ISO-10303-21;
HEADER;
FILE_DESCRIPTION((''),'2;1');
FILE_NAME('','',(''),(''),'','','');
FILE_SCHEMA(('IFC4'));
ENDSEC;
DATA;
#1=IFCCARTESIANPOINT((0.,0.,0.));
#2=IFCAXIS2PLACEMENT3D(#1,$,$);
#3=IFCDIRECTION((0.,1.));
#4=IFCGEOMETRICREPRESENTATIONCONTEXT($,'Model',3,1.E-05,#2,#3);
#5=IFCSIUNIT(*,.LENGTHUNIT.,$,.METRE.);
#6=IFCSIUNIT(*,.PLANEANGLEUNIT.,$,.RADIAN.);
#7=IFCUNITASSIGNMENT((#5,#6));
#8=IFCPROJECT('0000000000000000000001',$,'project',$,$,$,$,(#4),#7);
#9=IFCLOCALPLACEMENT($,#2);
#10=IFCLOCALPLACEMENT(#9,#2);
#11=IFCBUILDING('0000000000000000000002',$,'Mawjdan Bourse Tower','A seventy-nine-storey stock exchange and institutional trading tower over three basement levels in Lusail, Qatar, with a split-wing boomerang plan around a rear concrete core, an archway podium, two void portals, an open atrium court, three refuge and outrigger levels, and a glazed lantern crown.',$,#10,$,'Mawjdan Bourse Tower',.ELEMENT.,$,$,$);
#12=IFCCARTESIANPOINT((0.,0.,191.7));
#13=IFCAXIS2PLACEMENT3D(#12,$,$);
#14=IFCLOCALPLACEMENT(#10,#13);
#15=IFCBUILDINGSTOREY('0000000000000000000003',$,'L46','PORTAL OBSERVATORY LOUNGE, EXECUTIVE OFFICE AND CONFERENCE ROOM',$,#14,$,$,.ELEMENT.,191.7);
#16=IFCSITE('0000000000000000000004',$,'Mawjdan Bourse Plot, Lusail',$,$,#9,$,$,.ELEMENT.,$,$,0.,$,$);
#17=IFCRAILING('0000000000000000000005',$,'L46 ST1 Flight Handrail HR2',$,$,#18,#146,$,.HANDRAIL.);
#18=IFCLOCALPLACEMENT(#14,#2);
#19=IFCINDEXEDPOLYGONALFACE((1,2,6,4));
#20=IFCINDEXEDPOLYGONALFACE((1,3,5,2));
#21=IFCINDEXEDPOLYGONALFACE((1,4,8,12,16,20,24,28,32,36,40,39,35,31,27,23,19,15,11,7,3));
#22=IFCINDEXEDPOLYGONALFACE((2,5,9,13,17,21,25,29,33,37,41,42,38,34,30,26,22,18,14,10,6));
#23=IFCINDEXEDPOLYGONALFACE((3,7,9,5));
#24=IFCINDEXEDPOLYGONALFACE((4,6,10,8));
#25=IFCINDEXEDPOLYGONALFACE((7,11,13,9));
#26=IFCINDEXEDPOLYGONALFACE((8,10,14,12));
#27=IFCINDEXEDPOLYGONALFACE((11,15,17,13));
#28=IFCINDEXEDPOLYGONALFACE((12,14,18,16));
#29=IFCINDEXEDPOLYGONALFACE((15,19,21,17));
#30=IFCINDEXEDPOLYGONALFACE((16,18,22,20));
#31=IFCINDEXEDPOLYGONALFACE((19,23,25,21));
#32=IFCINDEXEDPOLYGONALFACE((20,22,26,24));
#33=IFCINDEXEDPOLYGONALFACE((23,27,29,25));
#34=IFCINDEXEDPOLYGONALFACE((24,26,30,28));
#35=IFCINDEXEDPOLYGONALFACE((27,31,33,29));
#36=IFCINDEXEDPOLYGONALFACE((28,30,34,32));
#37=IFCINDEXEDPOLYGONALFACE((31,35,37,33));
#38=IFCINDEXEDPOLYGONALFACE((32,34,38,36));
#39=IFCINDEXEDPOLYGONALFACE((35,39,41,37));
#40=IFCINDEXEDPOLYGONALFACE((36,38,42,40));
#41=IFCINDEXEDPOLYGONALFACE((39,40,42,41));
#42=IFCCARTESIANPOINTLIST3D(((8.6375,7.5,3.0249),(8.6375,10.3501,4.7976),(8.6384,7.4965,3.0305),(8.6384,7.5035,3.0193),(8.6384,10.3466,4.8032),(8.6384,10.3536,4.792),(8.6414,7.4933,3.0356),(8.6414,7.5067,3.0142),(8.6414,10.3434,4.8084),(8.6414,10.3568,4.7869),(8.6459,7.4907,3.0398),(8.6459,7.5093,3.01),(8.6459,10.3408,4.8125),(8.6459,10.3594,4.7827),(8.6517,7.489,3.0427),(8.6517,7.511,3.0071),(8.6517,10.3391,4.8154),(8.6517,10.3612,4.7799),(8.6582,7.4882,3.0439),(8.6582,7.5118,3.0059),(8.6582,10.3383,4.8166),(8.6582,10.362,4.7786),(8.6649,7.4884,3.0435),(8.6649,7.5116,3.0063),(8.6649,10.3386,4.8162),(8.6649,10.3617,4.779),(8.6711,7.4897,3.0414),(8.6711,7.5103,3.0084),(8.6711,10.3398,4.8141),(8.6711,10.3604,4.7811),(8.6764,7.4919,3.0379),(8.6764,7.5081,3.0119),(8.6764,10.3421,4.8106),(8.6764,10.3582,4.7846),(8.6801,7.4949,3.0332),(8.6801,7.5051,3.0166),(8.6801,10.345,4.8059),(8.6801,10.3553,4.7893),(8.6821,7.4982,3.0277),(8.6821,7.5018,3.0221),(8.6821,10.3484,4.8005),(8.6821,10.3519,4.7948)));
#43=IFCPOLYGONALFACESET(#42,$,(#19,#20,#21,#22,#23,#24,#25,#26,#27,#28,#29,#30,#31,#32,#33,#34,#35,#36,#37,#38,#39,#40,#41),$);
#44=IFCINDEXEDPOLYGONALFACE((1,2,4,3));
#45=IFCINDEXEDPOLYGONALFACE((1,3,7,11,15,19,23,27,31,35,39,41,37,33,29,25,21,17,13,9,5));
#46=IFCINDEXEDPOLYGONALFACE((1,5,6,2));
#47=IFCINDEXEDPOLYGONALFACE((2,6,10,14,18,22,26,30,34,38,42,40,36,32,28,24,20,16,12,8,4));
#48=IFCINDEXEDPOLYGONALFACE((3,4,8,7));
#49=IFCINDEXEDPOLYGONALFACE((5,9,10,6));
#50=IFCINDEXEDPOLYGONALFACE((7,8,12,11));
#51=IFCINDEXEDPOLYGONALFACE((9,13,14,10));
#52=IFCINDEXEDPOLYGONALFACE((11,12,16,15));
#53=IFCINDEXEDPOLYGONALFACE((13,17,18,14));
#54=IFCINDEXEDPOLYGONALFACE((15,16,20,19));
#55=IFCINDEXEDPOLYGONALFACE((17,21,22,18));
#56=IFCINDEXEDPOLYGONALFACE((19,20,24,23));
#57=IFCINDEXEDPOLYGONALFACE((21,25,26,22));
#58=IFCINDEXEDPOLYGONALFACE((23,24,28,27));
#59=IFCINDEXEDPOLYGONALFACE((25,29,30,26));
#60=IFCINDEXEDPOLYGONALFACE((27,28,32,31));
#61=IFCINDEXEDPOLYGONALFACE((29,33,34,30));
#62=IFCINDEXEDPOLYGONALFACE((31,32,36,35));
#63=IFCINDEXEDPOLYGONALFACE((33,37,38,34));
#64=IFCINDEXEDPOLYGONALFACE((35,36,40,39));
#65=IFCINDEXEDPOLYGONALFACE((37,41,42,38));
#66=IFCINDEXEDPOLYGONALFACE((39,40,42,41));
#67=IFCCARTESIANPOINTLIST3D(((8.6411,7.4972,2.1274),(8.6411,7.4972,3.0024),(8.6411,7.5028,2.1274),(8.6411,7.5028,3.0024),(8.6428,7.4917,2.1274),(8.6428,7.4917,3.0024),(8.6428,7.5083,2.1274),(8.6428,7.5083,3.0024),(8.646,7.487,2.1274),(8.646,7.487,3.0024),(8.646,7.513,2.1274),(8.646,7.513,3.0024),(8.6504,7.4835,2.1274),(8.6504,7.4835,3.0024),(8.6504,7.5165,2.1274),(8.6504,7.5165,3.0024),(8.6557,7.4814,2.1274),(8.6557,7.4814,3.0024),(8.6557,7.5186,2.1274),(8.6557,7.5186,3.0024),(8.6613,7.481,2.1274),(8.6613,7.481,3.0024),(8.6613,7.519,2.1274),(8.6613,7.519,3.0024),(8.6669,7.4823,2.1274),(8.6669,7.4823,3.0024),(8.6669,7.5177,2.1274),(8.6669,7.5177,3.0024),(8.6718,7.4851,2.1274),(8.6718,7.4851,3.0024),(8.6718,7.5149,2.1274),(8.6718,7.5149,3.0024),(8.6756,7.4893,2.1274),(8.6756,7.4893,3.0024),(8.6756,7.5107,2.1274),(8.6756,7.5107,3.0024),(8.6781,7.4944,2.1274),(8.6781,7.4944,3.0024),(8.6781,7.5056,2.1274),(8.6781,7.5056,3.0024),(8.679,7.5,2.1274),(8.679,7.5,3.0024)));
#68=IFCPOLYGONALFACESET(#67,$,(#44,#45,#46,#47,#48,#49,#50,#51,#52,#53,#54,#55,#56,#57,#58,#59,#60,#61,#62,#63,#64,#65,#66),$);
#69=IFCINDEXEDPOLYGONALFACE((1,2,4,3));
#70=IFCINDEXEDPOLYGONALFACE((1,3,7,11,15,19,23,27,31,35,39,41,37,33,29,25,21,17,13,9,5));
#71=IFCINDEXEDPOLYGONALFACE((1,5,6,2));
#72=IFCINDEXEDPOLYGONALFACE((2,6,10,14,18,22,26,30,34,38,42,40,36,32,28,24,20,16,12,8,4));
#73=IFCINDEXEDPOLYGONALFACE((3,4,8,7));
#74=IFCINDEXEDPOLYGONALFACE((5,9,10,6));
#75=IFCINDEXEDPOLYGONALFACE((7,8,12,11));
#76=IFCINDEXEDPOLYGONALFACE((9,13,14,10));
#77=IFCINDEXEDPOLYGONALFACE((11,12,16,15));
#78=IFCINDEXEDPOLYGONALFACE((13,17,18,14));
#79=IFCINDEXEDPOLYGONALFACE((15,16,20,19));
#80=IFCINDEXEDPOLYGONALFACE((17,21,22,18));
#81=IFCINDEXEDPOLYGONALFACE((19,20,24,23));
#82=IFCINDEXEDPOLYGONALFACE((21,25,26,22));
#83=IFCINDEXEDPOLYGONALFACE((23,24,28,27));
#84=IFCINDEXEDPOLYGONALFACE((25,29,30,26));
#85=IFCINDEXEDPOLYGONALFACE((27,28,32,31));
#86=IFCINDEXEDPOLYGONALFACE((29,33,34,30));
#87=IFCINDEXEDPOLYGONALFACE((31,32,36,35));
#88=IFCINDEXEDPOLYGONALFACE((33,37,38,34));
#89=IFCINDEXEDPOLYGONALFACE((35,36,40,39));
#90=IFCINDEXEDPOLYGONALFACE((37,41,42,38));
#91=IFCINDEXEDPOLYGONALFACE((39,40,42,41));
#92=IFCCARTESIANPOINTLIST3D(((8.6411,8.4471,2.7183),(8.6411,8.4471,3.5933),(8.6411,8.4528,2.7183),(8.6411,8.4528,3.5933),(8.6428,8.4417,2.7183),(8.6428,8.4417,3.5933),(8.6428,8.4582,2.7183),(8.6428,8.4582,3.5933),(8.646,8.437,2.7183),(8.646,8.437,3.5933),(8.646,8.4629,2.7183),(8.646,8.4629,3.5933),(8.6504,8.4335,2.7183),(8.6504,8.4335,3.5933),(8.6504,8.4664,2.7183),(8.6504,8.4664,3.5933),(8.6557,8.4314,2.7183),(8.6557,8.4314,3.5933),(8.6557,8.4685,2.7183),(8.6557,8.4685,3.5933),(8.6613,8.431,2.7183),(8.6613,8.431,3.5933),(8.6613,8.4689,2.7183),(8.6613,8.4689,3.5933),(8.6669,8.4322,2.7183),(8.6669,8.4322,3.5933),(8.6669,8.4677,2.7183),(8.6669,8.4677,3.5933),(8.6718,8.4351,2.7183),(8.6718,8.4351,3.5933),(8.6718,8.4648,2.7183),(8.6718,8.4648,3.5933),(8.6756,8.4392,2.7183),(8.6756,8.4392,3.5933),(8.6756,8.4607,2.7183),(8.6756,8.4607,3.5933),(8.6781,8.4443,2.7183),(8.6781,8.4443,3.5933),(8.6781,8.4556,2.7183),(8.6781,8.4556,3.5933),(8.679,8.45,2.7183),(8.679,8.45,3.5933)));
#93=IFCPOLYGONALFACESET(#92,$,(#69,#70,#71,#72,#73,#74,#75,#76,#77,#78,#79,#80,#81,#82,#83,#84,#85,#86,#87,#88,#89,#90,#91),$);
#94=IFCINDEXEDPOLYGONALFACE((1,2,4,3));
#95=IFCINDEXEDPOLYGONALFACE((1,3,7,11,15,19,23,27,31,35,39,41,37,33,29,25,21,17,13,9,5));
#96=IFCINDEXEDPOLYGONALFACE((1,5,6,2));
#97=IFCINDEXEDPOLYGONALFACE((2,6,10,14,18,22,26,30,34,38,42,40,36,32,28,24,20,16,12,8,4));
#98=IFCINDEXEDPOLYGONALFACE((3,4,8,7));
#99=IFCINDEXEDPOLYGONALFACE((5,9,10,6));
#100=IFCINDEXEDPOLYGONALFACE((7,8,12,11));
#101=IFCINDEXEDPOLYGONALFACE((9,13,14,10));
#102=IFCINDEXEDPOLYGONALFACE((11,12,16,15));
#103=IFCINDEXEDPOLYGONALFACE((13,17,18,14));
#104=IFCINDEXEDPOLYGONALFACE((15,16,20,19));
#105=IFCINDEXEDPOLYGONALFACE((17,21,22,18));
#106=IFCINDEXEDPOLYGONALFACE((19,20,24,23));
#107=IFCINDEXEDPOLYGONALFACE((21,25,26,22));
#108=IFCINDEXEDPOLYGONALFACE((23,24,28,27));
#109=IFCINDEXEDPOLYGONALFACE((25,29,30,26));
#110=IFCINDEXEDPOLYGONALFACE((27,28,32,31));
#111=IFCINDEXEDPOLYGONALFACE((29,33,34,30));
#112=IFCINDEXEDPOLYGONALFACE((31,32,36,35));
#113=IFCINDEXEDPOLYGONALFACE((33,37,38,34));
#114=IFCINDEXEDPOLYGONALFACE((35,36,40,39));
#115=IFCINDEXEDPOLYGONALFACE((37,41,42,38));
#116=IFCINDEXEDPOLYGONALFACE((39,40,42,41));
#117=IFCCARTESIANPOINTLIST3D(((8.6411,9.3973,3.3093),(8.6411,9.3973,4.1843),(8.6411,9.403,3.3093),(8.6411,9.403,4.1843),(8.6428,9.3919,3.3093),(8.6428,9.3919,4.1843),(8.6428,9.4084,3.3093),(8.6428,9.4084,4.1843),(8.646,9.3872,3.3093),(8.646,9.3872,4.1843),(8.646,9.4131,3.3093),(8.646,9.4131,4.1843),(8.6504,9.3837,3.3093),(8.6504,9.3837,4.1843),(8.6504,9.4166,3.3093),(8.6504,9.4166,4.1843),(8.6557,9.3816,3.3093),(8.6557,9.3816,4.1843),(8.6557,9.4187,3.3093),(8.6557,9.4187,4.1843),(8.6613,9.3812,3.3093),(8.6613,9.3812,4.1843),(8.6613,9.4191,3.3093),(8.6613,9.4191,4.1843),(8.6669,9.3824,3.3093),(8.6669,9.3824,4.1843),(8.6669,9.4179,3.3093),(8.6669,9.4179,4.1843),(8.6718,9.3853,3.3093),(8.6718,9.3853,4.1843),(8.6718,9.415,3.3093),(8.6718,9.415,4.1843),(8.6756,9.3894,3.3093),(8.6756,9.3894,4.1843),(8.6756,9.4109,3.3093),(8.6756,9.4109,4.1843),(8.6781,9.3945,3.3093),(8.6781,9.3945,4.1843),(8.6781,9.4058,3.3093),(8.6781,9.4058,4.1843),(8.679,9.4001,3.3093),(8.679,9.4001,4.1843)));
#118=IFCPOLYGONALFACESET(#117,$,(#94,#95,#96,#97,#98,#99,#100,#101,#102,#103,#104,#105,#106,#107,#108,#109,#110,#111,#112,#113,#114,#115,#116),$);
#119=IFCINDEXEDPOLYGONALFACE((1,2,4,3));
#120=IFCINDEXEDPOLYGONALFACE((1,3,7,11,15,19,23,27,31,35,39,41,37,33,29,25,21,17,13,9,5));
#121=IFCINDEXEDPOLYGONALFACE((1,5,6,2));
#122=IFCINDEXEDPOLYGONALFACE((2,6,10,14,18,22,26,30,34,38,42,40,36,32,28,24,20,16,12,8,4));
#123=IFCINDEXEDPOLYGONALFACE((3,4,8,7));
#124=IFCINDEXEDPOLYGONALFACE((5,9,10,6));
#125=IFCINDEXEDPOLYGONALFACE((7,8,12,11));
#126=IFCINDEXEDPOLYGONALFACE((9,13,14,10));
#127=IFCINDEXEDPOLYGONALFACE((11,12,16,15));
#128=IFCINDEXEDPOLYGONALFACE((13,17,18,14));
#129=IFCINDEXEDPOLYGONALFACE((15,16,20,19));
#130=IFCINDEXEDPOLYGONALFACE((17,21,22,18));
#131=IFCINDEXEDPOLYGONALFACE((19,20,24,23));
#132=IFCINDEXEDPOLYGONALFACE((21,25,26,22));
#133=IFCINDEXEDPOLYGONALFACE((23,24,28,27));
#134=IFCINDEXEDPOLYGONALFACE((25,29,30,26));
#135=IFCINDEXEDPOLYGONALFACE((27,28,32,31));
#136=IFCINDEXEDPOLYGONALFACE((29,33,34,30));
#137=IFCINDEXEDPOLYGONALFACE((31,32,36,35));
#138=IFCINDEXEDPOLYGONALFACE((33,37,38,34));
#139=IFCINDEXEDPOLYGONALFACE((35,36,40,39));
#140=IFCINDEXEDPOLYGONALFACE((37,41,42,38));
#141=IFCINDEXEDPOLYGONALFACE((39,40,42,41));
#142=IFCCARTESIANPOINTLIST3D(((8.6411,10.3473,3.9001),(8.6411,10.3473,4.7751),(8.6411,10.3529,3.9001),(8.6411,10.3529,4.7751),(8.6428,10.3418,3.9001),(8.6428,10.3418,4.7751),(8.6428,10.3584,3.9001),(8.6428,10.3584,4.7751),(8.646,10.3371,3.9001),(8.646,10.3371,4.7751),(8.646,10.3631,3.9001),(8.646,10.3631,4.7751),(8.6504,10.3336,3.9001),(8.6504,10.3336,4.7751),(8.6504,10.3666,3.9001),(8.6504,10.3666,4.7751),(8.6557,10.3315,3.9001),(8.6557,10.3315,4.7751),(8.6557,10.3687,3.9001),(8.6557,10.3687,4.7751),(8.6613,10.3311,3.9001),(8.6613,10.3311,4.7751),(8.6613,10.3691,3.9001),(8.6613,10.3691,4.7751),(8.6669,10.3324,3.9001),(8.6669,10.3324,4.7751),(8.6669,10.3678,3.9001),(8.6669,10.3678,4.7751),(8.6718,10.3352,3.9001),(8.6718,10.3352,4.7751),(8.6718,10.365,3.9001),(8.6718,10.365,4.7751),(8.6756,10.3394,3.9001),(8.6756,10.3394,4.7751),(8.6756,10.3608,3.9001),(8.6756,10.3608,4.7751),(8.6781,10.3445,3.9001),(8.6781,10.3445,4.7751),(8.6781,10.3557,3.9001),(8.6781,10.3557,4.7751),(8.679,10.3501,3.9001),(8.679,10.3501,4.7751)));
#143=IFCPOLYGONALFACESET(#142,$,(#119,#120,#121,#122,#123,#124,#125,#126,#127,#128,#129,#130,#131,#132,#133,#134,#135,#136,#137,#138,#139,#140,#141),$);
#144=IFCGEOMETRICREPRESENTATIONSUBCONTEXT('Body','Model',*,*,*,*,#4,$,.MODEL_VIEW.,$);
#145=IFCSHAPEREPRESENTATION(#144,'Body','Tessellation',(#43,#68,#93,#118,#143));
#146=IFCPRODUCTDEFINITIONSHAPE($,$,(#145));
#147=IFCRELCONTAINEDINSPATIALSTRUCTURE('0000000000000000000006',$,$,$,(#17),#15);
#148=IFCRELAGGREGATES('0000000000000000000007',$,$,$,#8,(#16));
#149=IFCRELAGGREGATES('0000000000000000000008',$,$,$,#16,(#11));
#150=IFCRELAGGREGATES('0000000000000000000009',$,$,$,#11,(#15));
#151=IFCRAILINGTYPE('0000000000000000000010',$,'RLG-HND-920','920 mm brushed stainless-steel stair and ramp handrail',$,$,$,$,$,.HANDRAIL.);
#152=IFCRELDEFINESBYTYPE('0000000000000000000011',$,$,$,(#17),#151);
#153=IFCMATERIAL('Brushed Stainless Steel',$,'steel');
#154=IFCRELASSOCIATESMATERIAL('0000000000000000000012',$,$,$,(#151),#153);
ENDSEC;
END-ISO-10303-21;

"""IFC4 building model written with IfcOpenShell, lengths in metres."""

from ifc_helpers import new_model, si_unit, direction, frame, origin, origin_2d, place, context, subcontext, project, spatial, circle, extrude, material, type_object, element, save


model = new_model("IFC4")

# Units and contexts
model_context = context("Model", 3, precision=1e-05, world=origin(), true_north=direction((0.0, 1.0)))
body_context = subcontext(model_context, "Body", "Model", "MODEL_VIEW")
ifc_project = project(units=[si_unit("LENGTHUNIT", "METRE"), si_unit("PLANEANGLEUNIT", "RADIAN")], contexts=[model_context])

# Site, building, storey
site_placement = place(None, origin())
site = spatial("IfcSite", under=ifc_project, at=site_placement, Name="Mawjdan Bourse Plot, Lusail", CompositionType="ELEMENT", RefElevation=0.0)
building_placement = place(site_placement, origin())
building = spatial("IfcBuilding", under=site, at=building_placement, Name="Mawjdan Bourse Tower", Description="A seventy-nine-storey stock exchange and institutional trading tower over three basement levels in Lusail, Qatar, with a split-wing boomerang plan around a rear concrete core, an archway podium, two void portals, an open atrium court, three refuge and outrigger levels, and a glazed lantern crown.", LongName="Mawjdan Bourse Tower", CompositionType="ELEMENT")
storey_placement = place(building_placement, frame((0.0, 0.0, 191.7)))
storey = spatial("IfcBuildingStorey", under=building, at=storey_placement, Name="L46", Description="PORTAL OBSERVATORY LOUNGE, EXECUTIVE OFFICE AND CONFERENCE ROOM", CompositionType="ELEMENT", Elevation=191.7)

# Railing
ifc_material_1 = material(Name="Brushed Stainless Steel", Category="steel")
railing_type_1 = type_object("IfcRailingType", Name="RLG-HND-920", Description="920 mm brushed stainless-steel stair and ramp handrail", PredefinedType="HANDRAIL", material=ifc_material_1)
railing_1_placement = place(storey_placement, frame((8.6599, 7.5, 2.1274)))
element("IfcRailing", 1, at=railing_1_placement, inside=storey, type_object=railing_type_1, Name="L46 ST1 Flight Handrail HR2", PredefinedType="HANDRAIL", context=body_context, shape_type="SweptSolid", body=[
    extrude(circle(Radius=0.0225, at=origin_2d()), frame((0.0, 0.0, 0.8975), z_axis=(0.0, 0.849149, 0.528154), x_axis=(-1.0, 0.0, 0.0)), (0.0, 0.0, 1.0), 3.3564),
    extrude(circle(Radius=0.019, at=origin_2d()), origin(), (0.0, 0.0, 1.0), 0.875),
    extrude(circle(Radius=0.019, at=origin_2d()), frame((0.0, 0.95, 0.5908)), (0.0, 0.0, 1.0), 0.875),
    extrude(circle(Radius=0.019, at=origin_2d()), frame((0.0, 1.9001, 1.1819)), (0.0, 0.0, 1.0), 0.875),
    extrude(circle(Radius=0.019, at=origin_2d()), frame((0.0, 2.8501, 1.7727)), (0.0, 0.0, 1.0), 0.875),
])

save(model, "model.ifc")
